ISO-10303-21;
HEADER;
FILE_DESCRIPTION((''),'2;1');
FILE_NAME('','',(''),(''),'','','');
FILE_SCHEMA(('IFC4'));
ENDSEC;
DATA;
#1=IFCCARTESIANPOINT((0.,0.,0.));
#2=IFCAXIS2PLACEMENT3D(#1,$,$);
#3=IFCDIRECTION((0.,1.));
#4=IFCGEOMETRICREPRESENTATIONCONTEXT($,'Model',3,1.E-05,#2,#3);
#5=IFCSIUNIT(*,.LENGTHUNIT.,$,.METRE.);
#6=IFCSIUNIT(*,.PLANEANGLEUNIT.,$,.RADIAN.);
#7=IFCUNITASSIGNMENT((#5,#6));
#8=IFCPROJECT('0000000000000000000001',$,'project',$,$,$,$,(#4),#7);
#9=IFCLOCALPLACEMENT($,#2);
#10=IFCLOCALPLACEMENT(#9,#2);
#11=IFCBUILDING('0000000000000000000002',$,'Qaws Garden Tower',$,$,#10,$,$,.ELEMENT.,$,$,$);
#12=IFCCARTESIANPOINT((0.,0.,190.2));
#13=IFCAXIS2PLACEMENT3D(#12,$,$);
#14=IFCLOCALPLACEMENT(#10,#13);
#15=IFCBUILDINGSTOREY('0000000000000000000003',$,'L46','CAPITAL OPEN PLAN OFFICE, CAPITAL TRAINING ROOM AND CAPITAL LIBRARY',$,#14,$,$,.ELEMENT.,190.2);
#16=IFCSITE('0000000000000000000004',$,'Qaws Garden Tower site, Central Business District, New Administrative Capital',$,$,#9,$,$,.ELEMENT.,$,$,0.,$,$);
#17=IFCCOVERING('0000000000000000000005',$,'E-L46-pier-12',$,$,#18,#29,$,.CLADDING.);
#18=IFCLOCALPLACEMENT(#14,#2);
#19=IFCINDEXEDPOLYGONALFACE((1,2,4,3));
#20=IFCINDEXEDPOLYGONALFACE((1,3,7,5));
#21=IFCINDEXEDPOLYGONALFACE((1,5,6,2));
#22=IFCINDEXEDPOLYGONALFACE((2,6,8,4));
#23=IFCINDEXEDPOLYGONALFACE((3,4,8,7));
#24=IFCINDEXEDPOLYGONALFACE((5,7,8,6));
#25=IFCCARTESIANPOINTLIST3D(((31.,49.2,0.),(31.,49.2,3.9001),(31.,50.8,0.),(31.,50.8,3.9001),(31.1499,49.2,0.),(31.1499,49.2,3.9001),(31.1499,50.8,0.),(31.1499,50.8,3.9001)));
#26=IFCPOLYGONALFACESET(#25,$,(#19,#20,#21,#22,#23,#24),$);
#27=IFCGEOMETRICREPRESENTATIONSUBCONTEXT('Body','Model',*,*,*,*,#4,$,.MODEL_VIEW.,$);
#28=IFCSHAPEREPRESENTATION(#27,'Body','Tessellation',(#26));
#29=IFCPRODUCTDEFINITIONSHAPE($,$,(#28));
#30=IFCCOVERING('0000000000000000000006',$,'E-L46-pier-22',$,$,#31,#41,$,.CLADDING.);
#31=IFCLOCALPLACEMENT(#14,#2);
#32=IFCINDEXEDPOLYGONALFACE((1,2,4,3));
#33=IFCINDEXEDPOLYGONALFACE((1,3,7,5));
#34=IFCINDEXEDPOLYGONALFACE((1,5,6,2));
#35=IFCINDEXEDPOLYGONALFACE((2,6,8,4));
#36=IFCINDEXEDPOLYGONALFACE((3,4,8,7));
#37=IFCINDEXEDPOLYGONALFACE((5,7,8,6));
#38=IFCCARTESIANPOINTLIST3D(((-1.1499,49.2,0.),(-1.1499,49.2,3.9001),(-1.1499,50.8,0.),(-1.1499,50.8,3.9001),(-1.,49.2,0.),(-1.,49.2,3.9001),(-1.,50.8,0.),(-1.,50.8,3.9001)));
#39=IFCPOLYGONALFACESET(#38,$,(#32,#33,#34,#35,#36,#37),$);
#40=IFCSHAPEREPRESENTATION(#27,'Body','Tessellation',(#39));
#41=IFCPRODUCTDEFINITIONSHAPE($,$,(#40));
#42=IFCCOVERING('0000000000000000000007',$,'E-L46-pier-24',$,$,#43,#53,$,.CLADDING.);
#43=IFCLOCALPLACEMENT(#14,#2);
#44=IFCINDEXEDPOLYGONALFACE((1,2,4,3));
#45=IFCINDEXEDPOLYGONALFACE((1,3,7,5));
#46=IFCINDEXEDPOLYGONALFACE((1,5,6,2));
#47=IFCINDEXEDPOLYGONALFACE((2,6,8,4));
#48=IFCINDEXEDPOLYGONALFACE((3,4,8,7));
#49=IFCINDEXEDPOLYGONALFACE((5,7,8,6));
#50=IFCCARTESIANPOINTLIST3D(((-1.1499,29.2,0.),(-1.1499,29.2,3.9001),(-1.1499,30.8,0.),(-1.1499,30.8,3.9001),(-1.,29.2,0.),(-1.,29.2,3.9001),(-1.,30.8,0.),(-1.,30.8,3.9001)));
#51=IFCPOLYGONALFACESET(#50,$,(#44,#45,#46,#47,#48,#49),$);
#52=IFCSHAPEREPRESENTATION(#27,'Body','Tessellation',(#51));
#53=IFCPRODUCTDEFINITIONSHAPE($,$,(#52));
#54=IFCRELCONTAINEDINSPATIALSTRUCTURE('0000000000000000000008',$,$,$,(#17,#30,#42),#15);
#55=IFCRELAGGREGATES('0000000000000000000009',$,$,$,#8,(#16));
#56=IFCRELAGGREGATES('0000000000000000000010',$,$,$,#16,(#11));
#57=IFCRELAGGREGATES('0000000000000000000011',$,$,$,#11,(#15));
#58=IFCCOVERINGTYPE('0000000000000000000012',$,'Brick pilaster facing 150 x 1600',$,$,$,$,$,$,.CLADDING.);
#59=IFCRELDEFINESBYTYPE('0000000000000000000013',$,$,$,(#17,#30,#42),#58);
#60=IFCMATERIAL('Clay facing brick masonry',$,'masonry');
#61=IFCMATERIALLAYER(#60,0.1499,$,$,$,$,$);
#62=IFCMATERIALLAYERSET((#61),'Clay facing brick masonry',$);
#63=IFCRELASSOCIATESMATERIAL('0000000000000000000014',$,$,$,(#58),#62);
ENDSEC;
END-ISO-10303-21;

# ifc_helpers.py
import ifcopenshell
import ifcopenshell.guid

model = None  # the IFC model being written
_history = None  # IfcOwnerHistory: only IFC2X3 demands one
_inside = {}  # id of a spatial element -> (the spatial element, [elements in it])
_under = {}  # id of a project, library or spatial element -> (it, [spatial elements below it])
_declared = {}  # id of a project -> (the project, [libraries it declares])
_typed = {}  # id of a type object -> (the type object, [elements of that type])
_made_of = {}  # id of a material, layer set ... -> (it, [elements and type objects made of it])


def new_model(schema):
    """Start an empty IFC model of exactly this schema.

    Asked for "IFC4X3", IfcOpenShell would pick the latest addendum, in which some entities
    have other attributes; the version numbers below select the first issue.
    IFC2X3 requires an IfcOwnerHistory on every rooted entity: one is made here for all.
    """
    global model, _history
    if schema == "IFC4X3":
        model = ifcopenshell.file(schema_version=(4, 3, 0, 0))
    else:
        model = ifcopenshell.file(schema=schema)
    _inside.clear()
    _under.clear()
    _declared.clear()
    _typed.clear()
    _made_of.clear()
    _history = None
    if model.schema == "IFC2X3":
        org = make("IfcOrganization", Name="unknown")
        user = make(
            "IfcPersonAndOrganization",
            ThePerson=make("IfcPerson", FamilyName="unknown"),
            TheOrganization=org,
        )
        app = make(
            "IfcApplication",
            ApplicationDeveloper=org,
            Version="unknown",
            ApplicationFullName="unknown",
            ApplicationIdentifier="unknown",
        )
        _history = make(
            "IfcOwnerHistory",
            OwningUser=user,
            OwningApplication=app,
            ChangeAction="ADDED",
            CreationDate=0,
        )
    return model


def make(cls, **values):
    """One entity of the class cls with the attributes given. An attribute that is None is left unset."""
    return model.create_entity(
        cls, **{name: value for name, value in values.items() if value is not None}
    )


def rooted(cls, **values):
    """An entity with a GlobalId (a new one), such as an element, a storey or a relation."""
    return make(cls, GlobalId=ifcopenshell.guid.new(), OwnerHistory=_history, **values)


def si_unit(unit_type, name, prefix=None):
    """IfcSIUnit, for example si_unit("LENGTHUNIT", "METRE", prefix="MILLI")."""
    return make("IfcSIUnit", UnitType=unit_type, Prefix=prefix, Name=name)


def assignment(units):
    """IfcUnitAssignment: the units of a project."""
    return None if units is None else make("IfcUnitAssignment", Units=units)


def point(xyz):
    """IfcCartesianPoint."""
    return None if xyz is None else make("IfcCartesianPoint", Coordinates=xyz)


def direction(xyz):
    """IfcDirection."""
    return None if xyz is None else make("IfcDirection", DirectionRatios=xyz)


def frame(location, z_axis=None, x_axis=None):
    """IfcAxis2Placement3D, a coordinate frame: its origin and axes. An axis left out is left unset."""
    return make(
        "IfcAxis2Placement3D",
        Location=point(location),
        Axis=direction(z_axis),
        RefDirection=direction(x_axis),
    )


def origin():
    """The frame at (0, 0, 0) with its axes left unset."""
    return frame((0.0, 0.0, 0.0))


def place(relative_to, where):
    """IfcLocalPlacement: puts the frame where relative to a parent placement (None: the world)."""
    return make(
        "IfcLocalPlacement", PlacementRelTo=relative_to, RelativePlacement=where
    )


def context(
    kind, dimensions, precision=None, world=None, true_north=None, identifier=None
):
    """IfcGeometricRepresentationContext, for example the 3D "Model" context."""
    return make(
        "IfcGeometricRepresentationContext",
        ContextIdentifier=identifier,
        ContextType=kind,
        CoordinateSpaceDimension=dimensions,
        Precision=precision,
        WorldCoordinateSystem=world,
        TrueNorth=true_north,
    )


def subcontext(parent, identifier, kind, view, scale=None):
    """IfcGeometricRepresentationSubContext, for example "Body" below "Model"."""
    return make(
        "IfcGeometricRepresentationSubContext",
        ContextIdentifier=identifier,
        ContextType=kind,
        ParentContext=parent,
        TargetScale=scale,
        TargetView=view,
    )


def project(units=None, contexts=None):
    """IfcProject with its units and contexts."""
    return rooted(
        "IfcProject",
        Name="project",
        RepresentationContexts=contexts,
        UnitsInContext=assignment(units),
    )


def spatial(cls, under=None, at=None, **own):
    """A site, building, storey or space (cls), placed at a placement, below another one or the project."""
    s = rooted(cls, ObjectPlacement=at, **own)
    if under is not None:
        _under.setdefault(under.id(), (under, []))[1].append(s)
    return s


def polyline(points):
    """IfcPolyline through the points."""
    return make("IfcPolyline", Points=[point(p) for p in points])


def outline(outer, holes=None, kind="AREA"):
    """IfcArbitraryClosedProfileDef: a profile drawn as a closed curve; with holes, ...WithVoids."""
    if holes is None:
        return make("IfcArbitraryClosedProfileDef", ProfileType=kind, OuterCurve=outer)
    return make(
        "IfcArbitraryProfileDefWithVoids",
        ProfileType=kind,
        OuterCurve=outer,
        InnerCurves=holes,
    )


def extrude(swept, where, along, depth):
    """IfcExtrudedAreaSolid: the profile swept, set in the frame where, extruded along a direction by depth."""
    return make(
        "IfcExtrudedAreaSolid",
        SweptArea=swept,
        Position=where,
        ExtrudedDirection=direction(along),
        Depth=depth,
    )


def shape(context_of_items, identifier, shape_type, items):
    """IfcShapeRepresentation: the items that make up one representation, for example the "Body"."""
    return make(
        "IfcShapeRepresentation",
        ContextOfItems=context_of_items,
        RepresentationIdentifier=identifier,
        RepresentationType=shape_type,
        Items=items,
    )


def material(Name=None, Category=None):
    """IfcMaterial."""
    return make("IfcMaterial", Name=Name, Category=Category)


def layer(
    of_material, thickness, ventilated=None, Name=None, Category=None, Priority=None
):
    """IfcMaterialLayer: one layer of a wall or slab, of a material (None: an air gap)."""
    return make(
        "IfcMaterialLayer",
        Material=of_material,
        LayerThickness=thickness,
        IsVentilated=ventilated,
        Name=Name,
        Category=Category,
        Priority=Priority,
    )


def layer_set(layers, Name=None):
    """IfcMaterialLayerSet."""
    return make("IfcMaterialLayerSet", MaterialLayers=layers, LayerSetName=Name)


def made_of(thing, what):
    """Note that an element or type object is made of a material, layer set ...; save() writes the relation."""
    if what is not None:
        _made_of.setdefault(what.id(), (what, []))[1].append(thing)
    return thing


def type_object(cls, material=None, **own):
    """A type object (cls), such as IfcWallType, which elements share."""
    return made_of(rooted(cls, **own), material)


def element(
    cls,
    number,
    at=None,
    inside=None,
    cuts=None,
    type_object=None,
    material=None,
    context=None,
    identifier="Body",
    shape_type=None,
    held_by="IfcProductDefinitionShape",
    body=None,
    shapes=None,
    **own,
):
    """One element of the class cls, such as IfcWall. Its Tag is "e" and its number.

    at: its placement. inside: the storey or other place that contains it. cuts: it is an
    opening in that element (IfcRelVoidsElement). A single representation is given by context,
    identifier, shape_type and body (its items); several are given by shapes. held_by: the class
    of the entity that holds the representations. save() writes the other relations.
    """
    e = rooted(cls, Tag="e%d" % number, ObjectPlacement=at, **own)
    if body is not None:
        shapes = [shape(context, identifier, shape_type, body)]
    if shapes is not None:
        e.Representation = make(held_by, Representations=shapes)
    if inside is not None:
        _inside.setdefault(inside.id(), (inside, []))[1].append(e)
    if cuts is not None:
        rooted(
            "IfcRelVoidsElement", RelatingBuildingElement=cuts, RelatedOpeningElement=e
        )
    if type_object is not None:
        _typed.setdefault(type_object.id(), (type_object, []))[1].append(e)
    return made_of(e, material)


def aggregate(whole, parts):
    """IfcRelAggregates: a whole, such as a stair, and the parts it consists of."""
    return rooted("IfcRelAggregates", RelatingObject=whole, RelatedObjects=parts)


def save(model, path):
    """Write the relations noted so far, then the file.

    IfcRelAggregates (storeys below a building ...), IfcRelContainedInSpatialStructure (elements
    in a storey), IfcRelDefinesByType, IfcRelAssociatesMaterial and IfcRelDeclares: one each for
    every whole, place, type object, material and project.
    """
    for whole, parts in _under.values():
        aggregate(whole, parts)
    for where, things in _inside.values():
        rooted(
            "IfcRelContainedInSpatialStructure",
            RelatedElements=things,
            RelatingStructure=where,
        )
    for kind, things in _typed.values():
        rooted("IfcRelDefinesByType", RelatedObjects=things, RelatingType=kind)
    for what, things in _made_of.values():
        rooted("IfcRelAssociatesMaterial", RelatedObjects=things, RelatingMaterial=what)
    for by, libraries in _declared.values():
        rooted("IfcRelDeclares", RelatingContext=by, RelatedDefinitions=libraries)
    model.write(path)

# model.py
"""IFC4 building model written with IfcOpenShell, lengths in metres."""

from ifc_helpers import new_model, si_unit, direction, frame, origin, place, context, subcontext, project, spatial, polyline, outline, extrude, material, layer, layer_set, type_object, element, save


model = new_model("IFC4")

# Units and contexts
model_context = context("Model", 3, precision=1e-05, world=origin(), true_north=direction((0.0, 1.0)))
body_context = subcontext(model_context, "Body", "Model", "MODEL_VIEW")
ifc_project = project(units=[si_unit("LENGTHUNIT", "METRE"), si_unit("PLANEANGLEUNIT", "RADIAN")], contexts=[model_context])

# Site, building, storey
site_placement = place(None, origin())
site = spatial("IfcSite", under=ifc_project, at=site_placement, Name="Qaws Garden Tower site, Central Business District, New Administrative Capital", CompositionType="ELEMENT", RefElevation=0.0)
building_placement = place(site_placement, origin())
building = spatial("IfcBuilding", under=site, at=building_placement, Name="Qaws Garden Tower", CompositionType="ELEMENT")
storey_placement = place(building_placement, frame((0.0, 0.0, 190.2)))
storey = spatial("IfcBuildingStorey", under=building, at=storey_placement, Name="L46", Description="CAPITAL OPEN PLAN OFFICE, CAPITAL TRAINING ROOM AND CAPITAL LIBRARY", CompositionType="ELEMENT", Elevation=190.2)

# Shared definitions
placement = place(storey_placement, origin())

# Coverings
ifc_material_1 = material(Name="Clay facing brick masonry", Category="masonry")
ifc_layer_1 = layer(ifc_material_1, 0.1499)
ifc_layer_set_1 = layer_set([ifc_layer_1], Name="Clay facing brick masonry")
covering_type = type_object("IfcCoveringType", Name="Brick pilaster facing 150 x 1600", PredefinedType="CLADDING", material=ifc_layer_set_1)
element("IfcCovering", 1, at=placement, inside=storey, type_object=covering_type, Name="E-L46-pier-12", PredefinedType="CLADDING", context=body_context, shape_type="SweptSolid", body=[
    extrude(outline(polyline([(31.0, 49.2), (31.0, 50.8), (31.1499, 50.8), (31.1499, 49.2), (31.0, 49.2)])), origin(), (0.0, 0.0, 1.0), 3.9001),
])
element("IfcCovering", 2, at=placement, inside=storey, type_object=covering_type, Name="E-L46-pier-22", PredefinedType="CLADDING", context=body_context, shape_type="SweptSolid", body=[
    extrude(outline(polyline([(-1.0, 50.8), (-1.0, 49.2), (-1.1499, 49.2), (-1.1499, 50.8), (-1.0, 50.8)])), origin(), (0.0, 0.0, 1.0), 3.9001),
])
element("IfcCovering", 3, at=placement, inside=storey, type_object=covering_type, Name="E-L46-pier-24", PredefinedType="CLADDING", context=body_context, shape_type="SweptSolid", body=[
    extrude(outline(polyline([(-1.0, 30.8), (-1.0, 29.2), (-1.1499, 29.2), (-1.1499, 30.8), (-1.0, 30.8)])), origin(), (0.0, 0.0, 1.0), 3.9001),
])

save(model, "model.ifc")
